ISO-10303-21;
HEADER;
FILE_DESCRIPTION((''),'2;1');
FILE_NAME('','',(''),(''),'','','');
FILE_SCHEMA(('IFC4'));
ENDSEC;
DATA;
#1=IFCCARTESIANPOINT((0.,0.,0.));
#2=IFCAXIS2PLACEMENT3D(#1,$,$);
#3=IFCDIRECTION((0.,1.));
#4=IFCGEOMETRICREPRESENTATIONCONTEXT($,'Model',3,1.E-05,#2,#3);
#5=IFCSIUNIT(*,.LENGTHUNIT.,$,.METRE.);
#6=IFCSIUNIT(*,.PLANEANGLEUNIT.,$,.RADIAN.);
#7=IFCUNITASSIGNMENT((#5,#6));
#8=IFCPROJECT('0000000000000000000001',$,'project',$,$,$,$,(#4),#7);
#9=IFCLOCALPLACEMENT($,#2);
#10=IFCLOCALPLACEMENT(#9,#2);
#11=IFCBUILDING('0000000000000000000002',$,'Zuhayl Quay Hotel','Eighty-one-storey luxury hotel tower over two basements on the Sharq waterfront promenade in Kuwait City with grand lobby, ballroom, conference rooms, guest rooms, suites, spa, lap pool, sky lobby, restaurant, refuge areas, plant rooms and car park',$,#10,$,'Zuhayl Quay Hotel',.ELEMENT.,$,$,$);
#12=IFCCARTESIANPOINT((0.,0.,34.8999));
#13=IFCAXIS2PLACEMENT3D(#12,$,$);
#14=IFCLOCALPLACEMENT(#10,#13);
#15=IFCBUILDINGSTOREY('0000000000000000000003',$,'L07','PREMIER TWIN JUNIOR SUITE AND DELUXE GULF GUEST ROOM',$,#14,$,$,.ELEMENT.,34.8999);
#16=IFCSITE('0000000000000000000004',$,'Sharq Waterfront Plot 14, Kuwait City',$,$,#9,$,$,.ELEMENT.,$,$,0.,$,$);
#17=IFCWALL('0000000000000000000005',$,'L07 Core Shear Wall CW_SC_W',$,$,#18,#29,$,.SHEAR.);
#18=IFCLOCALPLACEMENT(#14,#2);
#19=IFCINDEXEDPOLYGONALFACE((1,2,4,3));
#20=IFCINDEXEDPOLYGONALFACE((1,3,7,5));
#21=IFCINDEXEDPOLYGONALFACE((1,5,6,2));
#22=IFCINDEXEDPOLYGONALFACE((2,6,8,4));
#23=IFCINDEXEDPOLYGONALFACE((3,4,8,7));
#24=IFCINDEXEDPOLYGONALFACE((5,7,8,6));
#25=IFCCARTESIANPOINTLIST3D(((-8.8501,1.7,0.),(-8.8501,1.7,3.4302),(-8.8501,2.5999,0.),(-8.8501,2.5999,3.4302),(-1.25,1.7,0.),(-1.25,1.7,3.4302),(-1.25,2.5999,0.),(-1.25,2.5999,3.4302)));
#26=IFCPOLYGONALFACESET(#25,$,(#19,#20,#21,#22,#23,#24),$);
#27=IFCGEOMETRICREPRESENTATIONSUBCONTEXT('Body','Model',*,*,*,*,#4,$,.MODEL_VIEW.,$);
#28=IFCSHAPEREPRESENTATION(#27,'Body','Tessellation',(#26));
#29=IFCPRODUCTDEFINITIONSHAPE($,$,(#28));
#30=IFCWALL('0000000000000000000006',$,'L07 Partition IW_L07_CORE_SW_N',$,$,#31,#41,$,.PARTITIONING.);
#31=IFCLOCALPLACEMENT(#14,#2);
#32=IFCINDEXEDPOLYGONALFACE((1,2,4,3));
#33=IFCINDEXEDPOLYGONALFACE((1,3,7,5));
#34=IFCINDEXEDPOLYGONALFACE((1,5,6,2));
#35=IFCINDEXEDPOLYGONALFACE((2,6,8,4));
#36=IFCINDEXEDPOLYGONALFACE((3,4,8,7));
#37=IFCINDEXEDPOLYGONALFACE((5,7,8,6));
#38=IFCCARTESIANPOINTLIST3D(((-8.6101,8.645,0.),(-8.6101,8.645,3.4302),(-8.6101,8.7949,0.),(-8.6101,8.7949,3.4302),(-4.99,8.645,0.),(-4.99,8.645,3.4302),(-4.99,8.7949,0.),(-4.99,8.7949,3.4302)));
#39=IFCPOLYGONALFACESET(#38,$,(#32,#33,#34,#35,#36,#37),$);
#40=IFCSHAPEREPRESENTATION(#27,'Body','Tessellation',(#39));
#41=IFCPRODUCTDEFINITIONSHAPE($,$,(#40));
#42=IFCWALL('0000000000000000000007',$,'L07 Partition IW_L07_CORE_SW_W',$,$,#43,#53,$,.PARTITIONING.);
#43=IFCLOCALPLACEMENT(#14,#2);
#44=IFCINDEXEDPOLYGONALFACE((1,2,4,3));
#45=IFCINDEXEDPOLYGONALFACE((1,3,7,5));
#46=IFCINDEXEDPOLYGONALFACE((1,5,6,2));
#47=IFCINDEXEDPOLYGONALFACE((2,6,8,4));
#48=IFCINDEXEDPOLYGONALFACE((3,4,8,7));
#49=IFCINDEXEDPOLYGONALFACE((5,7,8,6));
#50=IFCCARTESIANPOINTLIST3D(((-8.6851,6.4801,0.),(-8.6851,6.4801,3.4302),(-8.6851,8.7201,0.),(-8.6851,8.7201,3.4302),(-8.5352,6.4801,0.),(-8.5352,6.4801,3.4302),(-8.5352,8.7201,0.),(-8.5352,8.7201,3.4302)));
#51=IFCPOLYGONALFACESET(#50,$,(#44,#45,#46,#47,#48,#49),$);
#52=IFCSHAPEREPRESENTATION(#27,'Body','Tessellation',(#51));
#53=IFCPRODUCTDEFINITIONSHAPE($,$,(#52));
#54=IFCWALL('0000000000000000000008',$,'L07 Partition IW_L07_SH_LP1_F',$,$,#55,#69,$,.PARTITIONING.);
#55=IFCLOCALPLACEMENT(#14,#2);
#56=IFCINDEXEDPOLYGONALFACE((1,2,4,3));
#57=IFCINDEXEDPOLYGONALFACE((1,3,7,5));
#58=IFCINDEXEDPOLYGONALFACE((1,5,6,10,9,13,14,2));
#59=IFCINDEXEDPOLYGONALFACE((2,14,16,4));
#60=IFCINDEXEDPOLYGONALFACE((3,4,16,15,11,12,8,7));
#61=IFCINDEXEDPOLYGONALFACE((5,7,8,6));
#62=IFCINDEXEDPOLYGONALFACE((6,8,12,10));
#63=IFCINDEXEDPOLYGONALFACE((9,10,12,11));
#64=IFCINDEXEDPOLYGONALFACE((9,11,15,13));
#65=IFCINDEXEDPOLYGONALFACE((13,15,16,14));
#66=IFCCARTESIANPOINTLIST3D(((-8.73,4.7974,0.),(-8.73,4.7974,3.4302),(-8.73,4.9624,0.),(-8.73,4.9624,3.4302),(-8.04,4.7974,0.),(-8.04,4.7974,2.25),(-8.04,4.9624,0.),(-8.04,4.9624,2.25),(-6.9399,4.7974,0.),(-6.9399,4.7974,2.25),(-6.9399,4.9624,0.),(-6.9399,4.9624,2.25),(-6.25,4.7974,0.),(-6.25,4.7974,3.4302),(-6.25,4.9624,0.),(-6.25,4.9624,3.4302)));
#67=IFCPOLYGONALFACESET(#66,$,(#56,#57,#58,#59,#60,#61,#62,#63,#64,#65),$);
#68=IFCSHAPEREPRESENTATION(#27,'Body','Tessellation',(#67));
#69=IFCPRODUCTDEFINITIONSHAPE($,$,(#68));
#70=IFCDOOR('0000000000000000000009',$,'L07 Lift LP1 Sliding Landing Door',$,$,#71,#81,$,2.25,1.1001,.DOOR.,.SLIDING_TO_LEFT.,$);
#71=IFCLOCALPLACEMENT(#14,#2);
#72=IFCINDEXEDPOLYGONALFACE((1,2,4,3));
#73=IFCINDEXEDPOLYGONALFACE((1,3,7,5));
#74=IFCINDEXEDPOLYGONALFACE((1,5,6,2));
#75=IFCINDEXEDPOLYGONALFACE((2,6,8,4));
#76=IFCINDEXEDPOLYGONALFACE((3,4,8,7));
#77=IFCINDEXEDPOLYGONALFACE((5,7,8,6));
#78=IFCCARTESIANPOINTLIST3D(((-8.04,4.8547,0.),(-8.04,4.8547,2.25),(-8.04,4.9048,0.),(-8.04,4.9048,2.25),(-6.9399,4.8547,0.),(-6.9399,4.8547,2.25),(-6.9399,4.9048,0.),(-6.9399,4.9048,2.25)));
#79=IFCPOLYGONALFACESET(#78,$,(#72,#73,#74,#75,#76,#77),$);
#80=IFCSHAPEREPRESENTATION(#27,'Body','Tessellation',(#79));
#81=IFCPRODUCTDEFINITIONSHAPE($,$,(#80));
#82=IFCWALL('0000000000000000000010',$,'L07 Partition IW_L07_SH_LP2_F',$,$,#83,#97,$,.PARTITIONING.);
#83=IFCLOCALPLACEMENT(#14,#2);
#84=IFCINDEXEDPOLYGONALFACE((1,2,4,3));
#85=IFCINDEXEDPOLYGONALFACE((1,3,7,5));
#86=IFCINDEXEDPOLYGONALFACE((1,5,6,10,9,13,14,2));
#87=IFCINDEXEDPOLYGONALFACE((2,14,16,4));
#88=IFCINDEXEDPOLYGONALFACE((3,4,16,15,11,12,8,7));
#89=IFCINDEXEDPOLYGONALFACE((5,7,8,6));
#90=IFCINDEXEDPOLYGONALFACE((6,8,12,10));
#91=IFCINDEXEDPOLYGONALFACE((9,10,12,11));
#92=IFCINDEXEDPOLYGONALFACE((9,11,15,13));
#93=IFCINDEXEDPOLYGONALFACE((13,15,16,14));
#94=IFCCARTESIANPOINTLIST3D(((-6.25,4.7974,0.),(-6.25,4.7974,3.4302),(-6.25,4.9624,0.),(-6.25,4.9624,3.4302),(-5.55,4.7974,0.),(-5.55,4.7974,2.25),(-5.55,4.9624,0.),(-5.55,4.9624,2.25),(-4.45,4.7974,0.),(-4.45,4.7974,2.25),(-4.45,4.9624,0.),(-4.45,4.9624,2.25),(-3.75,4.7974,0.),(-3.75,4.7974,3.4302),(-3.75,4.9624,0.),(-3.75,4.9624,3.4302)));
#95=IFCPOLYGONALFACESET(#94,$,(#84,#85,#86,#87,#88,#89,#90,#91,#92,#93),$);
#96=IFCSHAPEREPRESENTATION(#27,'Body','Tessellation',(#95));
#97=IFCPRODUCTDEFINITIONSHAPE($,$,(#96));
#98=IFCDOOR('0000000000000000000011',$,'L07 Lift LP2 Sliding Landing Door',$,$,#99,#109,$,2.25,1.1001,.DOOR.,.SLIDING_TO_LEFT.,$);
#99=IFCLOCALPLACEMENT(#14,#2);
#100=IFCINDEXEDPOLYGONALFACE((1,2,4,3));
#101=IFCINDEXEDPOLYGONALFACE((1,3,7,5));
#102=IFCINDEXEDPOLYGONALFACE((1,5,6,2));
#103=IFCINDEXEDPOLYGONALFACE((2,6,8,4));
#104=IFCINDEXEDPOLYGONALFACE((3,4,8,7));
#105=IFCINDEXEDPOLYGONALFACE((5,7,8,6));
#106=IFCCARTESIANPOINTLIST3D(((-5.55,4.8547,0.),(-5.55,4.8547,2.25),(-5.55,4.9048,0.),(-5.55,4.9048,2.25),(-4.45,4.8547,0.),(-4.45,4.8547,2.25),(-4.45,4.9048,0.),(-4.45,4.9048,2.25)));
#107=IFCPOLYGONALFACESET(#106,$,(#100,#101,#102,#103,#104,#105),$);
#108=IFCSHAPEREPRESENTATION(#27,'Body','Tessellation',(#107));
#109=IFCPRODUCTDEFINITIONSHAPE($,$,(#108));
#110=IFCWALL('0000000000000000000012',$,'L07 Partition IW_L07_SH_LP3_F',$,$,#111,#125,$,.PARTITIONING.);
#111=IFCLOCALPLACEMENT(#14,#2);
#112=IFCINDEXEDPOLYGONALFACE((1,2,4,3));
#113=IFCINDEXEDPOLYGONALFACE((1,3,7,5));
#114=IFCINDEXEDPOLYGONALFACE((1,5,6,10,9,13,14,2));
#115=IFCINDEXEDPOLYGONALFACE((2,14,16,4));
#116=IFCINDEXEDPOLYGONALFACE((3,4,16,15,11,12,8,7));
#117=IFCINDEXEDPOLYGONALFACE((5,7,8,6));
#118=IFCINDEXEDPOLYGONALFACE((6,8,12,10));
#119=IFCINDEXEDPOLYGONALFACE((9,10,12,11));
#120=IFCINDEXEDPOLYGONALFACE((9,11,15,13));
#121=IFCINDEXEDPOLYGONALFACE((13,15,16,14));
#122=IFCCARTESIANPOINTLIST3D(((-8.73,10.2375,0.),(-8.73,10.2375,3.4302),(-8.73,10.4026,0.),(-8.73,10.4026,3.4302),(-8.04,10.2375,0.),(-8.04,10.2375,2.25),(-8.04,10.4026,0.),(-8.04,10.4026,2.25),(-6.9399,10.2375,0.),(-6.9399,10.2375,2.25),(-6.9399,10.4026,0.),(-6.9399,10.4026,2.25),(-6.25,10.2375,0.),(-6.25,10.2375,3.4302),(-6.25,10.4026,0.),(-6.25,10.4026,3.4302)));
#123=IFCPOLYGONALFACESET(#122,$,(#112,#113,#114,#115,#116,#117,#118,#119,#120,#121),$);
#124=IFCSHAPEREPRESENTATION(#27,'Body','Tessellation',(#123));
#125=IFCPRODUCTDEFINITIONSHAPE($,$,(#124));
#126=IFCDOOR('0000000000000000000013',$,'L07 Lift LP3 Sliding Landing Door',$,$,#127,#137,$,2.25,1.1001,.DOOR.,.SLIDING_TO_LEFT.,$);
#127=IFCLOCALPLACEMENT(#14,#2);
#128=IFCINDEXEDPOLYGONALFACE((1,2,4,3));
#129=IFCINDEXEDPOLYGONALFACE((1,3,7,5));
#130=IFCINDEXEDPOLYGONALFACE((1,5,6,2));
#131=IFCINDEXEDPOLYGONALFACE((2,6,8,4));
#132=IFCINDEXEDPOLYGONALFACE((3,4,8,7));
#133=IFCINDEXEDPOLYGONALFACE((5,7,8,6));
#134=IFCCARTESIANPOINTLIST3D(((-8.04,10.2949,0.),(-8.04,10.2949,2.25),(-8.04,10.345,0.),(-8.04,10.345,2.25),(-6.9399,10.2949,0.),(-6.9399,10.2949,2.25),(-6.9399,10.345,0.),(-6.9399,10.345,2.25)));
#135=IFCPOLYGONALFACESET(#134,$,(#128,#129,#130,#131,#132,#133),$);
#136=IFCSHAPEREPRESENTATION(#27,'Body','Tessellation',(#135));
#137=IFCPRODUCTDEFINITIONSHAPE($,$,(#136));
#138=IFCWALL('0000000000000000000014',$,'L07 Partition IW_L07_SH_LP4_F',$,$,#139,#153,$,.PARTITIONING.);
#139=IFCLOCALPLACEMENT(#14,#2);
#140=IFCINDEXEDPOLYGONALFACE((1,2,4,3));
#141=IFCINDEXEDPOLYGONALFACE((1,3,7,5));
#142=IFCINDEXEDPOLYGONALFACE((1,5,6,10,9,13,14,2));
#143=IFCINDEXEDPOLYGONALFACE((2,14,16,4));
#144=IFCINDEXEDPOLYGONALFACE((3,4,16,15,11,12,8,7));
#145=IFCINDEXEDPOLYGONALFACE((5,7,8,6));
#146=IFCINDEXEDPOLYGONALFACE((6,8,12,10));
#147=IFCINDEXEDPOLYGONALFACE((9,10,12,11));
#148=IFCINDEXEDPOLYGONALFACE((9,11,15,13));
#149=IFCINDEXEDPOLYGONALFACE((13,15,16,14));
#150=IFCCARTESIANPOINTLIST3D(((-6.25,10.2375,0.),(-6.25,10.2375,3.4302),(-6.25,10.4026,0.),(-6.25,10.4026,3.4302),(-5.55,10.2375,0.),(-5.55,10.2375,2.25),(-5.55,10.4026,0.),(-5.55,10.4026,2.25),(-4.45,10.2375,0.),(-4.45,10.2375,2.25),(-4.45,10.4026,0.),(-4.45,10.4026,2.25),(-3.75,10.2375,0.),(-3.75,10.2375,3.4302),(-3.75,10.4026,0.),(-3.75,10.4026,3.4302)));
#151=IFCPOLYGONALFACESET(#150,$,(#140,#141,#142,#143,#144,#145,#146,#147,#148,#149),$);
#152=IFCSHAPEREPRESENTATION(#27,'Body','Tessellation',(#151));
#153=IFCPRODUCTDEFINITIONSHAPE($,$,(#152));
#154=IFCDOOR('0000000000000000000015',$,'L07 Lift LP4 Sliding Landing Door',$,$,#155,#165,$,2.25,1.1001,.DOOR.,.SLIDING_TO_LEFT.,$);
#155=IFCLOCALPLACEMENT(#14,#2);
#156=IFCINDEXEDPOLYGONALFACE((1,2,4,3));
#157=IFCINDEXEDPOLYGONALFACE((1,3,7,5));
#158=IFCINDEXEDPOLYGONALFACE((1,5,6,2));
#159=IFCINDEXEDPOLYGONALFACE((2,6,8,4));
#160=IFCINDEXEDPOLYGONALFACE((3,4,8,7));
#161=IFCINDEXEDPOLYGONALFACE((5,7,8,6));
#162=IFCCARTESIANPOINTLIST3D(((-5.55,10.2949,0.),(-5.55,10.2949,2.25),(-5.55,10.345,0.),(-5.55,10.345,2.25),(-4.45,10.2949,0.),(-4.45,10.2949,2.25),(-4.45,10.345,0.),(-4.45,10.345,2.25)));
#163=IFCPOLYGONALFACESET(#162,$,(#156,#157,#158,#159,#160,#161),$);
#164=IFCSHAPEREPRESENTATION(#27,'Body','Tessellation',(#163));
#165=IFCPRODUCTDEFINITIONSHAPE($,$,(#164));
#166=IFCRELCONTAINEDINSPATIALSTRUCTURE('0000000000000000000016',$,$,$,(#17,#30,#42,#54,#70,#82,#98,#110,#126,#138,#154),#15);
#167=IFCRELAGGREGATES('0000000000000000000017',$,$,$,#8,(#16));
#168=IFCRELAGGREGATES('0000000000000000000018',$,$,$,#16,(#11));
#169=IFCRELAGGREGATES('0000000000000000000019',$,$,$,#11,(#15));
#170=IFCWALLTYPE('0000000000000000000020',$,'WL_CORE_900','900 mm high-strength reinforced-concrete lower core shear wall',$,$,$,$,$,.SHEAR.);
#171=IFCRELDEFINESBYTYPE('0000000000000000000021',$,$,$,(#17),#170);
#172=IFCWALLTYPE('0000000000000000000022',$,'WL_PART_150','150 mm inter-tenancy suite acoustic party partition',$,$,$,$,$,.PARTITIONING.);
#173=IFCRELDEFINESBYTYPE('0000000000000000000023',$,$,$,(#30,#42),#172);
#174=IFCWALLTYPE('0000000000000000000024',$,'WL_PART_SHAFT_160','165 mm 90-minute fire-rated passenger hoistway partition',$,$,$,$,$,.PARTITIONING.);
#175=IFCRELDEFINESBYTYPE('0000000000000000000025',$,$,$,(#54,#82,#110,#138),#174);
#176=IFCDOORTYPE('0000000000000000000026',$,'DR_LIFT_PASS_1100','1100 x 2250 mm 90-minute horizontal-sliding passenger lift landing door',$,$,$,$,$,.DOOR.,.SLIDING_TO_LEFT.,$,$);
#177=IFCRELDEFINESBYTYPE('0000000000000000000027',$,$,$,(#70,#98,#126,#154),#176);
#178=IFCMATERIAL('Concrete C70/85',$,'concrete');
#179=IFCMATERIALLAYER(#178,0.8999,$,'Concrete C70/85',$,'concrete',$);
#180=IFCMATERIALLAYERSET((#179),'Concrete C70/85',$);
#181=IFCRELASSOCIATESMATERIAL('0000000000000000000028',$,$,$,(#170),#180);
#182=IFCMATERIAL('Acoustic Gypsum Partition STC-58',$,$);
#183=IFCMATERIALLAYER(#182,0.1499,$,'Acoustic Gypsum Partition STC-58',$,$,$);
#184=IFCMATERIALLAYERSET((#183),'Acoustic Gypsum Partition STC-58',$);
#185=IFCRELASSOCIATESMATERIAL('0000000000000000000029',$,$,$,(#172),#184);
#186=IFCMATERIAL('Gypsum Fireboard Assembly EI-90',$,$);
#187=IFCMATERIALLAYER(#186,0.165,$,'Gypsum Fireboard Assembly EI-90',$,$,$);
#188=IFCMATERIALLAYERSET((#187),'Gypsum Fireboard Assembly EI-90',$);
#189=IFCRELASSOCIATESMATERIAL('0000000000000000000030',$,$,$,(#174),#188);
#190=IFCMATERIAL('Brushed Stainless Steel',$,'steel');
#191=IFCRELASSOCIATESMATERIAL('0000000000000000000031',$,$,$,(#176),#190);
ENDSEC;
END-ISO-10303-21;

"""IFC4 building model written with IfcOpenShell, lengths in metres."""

from ifc_helpers import new_model, si_unit, direction, frame, frame_2d, origin, place, context, subcontext, project, spatial, rectangle, extrude, material, layer, layer_set, type_object, element, fill, save


model = new_model("IFC4")

# Units and contexts
model_context = context("Model", 3, precision=1e-05, world=origin(), true_north=direction((0.0, 1.0)))
body_context = subcontext(model_context, "Body", "Model", "MODEL_VIEW")
ifc_project = project(units=[si_unit("LENGTHUNIT", "METRE"), si_unit("PLANEANGLEUNIT", "RADIAN")], contexts=[model_context])

# Site, building, storey
site_placement = place(None, origin())
site = spatial("IfcSite", under=ifc_project, at=site_placement, Name="Sharq Waterfront Plot 14, Kuwait City", CompositionType="ELEMENT", RefElevation=0.0)
building_placement = place(site_placement, origin())
building = spatial("IfcBuilding", under=site, at=building_placement, Name="Zuhayl Quay Hotel", Description="Eighty-one-storey luxury hotel tower over two basements on the Sharq waterfront promenade in Kuwait City with grand lobby, ballroom, conference rooms, guest rooms, suites, spa, lap pool, sky lobby, restaurant, refuge areas, plant rooms and car park", LongName="Zuhayl Quay Hotel", CompositionType="ELEMENT")
storey_placement = place(building_placement, frame((0.0, 0.0, 34.8999)))
storey = spatial("IfcBuildingStorey", under=building, at=storey_placement, Name="L07", Description="PREMIER TWIN JUNIOR SUITE AND DELUXE GULF GUEST ROOM", CompositionType="ELEMENT", Elevation=34.8999)

# Wall
ifc_material_1 = material(Name="Concrete C70/85", Category="concrete")
ifc_layer_1 = layer(ifc_material_1, 0.8999, Name="Concrete C70/85", Category="concrete")
ifc_layer_set_1 = layer_set([ifc_layer_1], Name="Concrete C70/85")
wall_type_1 = type_object("IfcWallType", Name="WL_CORE_900", Description="900 mm high-strength reinforced-concrete lower core shear wall", PredefinedType="SHEAR", material=ifc_layer_set_1)
wall_1_placement = place(storey_placement, frame((-8.8501, 2.1499, 0.0), z_axis=(0.0, 0.0, 1.0), x_axis=(1.0, 0.0, 0.0)))
element("IfcWall", 1, at=wall_1_placement, inside=storey, type_object=wall_type_1, Name="L07 Core Shear Wall CW_SC_W", PredefinedType="SHEAR", context=body_context, shape_type="SweptSolid", body=[
    extrude(rectangle(XDim=7.6001, YDim=0.8999, at=frame_2d((3.8, 0.0))), origin(), (0.0, 0.0, 1.0), 3.4302),
])

# Shared definitions
ifc_material_2 = material(Name="Acoustic Gypsum Partition STC-58")
ifc_layer_2 = layer(ifc_material_2, 0.1499, Name="Acoustic Gypsum Partition STC-58")
ifc_layer_set_2 = layer_set([ifc_layer_2], Name="Acoustic Gypsum Partition STC-58")
wall_type_2 = type_object("IfcWallType", Name="WL_PART_150", Description="150 mm inter-tenancy suite acoustic party partition", PredefinedType="PARTITIONING", material=ifc_layer_set_2)

# Walls
wall_2_placement = place(storey_placement, frame((-8.6101, 8.72, 0.0), z_axis=(0.0, 0.0, 1.0), x_axis=(1.0, 0.0, 0.0)))
element("IfcWall", 2, at=wall_2_placement, inside=storey, type_object=wall_type_2, Name="L07 Partition IW_L07_CORE_SW_N", PredefinedType="PARTITIONING", context=body_context, shape_type="SweptSolid", body=[
    extrude(rectangle(XDim=3.6201, YDim=0.1499, at=frame_2d((1.8101, 0.0))), origin(), (0.0, 0.0, 1.0), 3.4302),
])
wall_3_placement = place(storey_placement, frame((-8.6101, 6.48, 0.0), z_axis=(0.0, 0.0, 1.0), x_axis=(0.0, 1.0, 0.0)))
element("IfcWall", 3, at=wall_3_placement, inside=storey, type_object=wall_type_2, Name="L07 Partition IW_L07_CORE_SW_W", PredefinedType="PARTITIONING", context=body_context, shape_type="SweptSolid", body=[
    extrude(rectangle(XDim=2.24, YDim=0.1499, at=frame_2d((1.1201, 0.0))), origin(), (0.0, 0.0, 1.0), 3.4302),
])

# Walls, openings, doors
ifc_material_3 = material(Name="Gypsum Fireboard Assembly EI-90")
ifc_layer_3 = layer(ifc_material_3, 0.165, Name="Gypsum Fireboard Assembly EI-90")
ifc_layer_set_3 = layer_set([ifc_layer_3], Name="Gypsum Fireboard Assembly EI-90")
wall_type_3 = type_object("IfcWallType", Name="WL_PART_SHAFT_160", Description="165 mm 90-minute fire-rated passenger hoistway partition", PredefinedType="PARTITIONING", material=ifc_layer_set_3)
wall_4_placement = place(storey_placement, frame((-8.73, 4.8799, 0.0), z_axis=(0.0, 0.0, 1.0), x_axis=(1.0, 0.0, 0.0)))
wall_4 = element("IfcWall", 4, at=wall_4_placement, inside=storey, type_object=wall_type_3, Name="L07 Partition IW_L07_SH_LP1_F", PredefinedType="PARTITIONING", context=body_context, shape_type="SweptSolid", body=[
    extrude(rectangle(XDim=2.48, YDim=0.165, at=frame_2d((1.24, 0.0))), origin(), (0.0, 0.0, 1.0), 3.4302),
])
opening_1_placement = place(wall_4_placement, frame((0.6899, 0.0, 0.0)))
opening_1 = element("IfcOpeningElement", 5, at=opening_1_placement, cuts=wall_4, PredefinedType="OPENING", context=body_context, shape_type="SweptSolid", body=[
    extrude(rectangle(XDim=1.1001, YDim=2.25, at=frame_2d((0.55, 1.125))), frame((0.0, 0.0925, 0.0), z_axis=(0.0, -1.0, 0.0), x_axis=(1.0, 0.0, 0.0)), (0.0, 0.0, 1.0), 0.1851),
])
ifc_material_4 = material(Name="Brushed Stainless Steel", Category="steel")
door_type_1 = type_object("IfcDoorType", Name="DR_LIFT_PASS_1100", Description="1100 x 2250 mm 90-minute horizontal-sliding passenger lift landing door", OperationType="SLIDING_TO_LEFT", PredefinedType="DOOR", material=ifc_material_4)
door_1_placement = place(opening_1_placement, origin())
door_1 = element("IfcDoor", 6, at=door_1_placement, inside=storey, type_object=door_type_1, Name="L07 Lift LP1 Sliding Landing Door", OperationType="SLIDING_TO_LEFT", OverallHeight=2.25, OverallWidth=1.1001, PredefinedType="DOOR", context=body_context, shape_type="SweptSolid", body=[
    extrude(rectangle(XDim=1.1001, YDim=2.25, at=frame_2d((0.55, 1.125))), frame((0.0, 0.0249, 0.0), z_axis=(0.0, -1.0, 0.0), x_axis=(1.0, 0.0, 0.0)), (0.0, 0.0, 1.0), 0.05),
])
fill(opening_1, door_1)
wall_5_placement = place(storey_placement, frame((-6.25, 4.8799, 0.0), z_axis=(0.0, 0.0, 1.0), x_axis=(1.0, 0.0, 0.0)))
wall_5 = element("IfcWall", 7, at=wall_5_placement, inside=storey, type_object=wall_type_3, Name="L07 Partition IW_L07_SH_LP2_F", PredefinedType="PARTITIONING", context=body_context, shape_type="SweptSolid", body=[
    extrude(rectangle(XDim=2.5, YDim=0.165, at=frame_2d((1.25, 0.0))), origin(), (0.0, 0.0, 1.0), 3.4302),
])
opening_2_placement = place(wall_5_placement, frame((0.7, 0.0, 0.0)))
opening_2 = element("IfcOpeningElement", 8, at=opening_2_placement, cuts=wall_5, PredefinedType="OPENING", context=body_context, shape_type="SweptSolid", body=[
    extrude(rectangle(XDim=1.1001, YDim=2.25, at=frame_2d((0.55, 1.125))), frame((0.0, 0.0925, 0.0), z_axis=(0.0, -1.0, 0.0), x_axis=(1.0, 0.0, 0.0)), (0.0, 0.0, 1.0), 0.1851),
])
door_2_placement = place(opening_2_placement, origin())
door_2 = element("IfcDoor", 9, at=door_2_placement, inside=storey, type_object=door_type_1, Name="L07 Lift LP2 Sliding Landing Door", OperationType="SLIDING_TO_LEFT", OverallHeight=2.25, OverallWidth=1.1001, PredefinedType="DOOR", context=body_context, shape_type="SweptSolid", body=[
    extrude(rectangle(XDim=1.1001, YDim=2.25, at=frame_2d((0.55, 1.125))), frame((0.0, 0.0249, 0.0), z_axis=(0.0, -1.0, 0.0), x_axis=(1.0, 0.0, 0.0)), (0.0, 0.0, 1.0), 0.05),
])
fill(opening_2, door_2)
wall_6_placement = place(storey_placement, frame((-8.73, 10.3201, 0.0), z_axis=(0.0, 0.0, 1.0), x_axis=(1.0, 0.0, 0.0)))
wall_6 = element("IfcWall", 10, at=wall_6_placement, inside=storey, type_object=wall_type_3, Name="L07 Partition IW_L07_SH_LP3_F", PredefinedType="PARTITIONING", context=body_context, shape_type="SweptSolid", body=[
    extrude(rectangle(XDim=2.48, YDim=0.165, at=frame_2d((1.24, 0.0))), origin(), (0.0, 0.0, 1.0), 3.4302),
])
opening_3_placement = place(wall_6_placement, frame((0.6899, 0.0, 0.0)))
opening_3 = element("IfcOpeningElement", 11, at=opening_3_placement, cuts=wall_6, PredefinedType="OPENING", context=body_context, shape_type="SweptSolid", body=[
    extrude(rectangle(XDim=1.1001, YDim=2.25, at=frame_2d((0.55, 1.125))), frame((0.0, 0.0925, 0.0), z_axis=(0.0, -1.0, 0.0), x_axis=(1.0, 0.0, 0.0)), (0.0, 0.0, 1.0), 0.1851),
])
door_3_placement = place(opening_3_placement, origin())
door_3 = element("IfcDoor", 12, at=door_3_placement, inside=storey, type_object=door_type_1, Name="L07 Lift LP3 Sliding Landing Door", OperationType="SLIDING_TO_LEFT", OverallHeight=2.25, OverallWidth=1.1001, PredefinedType="DOOR", context=body_context, shape_type="SweptSolid", body=[
    extrude(rectangle(XDim=1.1001, YDim=2.25, at=frame_2d((0.55, 1.125))), frame((0.0, 0.0249, 0.0), z_axis=(0.0, -1.0, 0.0), x_axis=(1.0, 0.0, 0.0)), (0.0, 0.0, 1.0), 0.05),
])
fill(opening_3, door_3)
wall_7_placement = place(storey_placement, frame((-6.25, 10.3201, 0.0), z_axis=(0.0, 0.0, 1.0), x_axis=(1.0, 0.0, 0.0)))
wall_7 = element("IfcWall", 13, at=wall_7_placement, inside=storey, type_object=wall_type_3, Name="L07 Partition IW_L07_SH_LP4_F", PredefinedType="PARTITIONING", context=body_context, shape_type="SweptSolid", body=[
    extrude(rectangle(XDim=2.5, YDim=0.165, at=frame_2d((1.25, 0.0))), origin(), (0.0, 0.0, 1.0), 3.4302),
])
opening_4_placement = place(wall_7_placement, frame((0.7, 0.0, 0.0)))
opening_4 = element("IfcOpeningElement", 14, at=opening_4_placement, cuts=wall_7, PredefinedType="OPENING", context=body_context, shape_type="SweptSolid", body=[
    extrude(rectangle(XDim=1.1001, YDim=2.25, at=frame_2d((0.55, 1.125))), frame((0.0, 0.0925, 0.0), z_axis=(0.0, -1.0, 0.0), x_axis=(1.0, 0.0, 0.0)), (0.0, 0.0, 1.0), 0.1851),
])
door_4_placement = place(opening_4_placement, origin())
door_4 = element("IfcDoor", 15, at=door_4_placement, inside=storey, type_object=door_type_1, Name="L07 Lift LP4 Sliding Landing Door", OperationType="SLIDING_TO_LEFT", OverallHeight=2.25, OverallWidth=1.1001, PredefinedType="DOOR", context=body_context, shape_type="SweptSolid", body=[
    extrude(rectangle(XDim=1.1001, YDim=2.25, at=frame_2d((0.55, 1.125))), frame((0.0, 0.0249, 0.0), z_axis=(0.0, -1.0, 0.0), x_axis=(1.0, 0.0, 0.0)), (0.0, 0.0, 1.0), 0.05),
])
fill(opening_4, door_4)

save(model, "model.ifc")
